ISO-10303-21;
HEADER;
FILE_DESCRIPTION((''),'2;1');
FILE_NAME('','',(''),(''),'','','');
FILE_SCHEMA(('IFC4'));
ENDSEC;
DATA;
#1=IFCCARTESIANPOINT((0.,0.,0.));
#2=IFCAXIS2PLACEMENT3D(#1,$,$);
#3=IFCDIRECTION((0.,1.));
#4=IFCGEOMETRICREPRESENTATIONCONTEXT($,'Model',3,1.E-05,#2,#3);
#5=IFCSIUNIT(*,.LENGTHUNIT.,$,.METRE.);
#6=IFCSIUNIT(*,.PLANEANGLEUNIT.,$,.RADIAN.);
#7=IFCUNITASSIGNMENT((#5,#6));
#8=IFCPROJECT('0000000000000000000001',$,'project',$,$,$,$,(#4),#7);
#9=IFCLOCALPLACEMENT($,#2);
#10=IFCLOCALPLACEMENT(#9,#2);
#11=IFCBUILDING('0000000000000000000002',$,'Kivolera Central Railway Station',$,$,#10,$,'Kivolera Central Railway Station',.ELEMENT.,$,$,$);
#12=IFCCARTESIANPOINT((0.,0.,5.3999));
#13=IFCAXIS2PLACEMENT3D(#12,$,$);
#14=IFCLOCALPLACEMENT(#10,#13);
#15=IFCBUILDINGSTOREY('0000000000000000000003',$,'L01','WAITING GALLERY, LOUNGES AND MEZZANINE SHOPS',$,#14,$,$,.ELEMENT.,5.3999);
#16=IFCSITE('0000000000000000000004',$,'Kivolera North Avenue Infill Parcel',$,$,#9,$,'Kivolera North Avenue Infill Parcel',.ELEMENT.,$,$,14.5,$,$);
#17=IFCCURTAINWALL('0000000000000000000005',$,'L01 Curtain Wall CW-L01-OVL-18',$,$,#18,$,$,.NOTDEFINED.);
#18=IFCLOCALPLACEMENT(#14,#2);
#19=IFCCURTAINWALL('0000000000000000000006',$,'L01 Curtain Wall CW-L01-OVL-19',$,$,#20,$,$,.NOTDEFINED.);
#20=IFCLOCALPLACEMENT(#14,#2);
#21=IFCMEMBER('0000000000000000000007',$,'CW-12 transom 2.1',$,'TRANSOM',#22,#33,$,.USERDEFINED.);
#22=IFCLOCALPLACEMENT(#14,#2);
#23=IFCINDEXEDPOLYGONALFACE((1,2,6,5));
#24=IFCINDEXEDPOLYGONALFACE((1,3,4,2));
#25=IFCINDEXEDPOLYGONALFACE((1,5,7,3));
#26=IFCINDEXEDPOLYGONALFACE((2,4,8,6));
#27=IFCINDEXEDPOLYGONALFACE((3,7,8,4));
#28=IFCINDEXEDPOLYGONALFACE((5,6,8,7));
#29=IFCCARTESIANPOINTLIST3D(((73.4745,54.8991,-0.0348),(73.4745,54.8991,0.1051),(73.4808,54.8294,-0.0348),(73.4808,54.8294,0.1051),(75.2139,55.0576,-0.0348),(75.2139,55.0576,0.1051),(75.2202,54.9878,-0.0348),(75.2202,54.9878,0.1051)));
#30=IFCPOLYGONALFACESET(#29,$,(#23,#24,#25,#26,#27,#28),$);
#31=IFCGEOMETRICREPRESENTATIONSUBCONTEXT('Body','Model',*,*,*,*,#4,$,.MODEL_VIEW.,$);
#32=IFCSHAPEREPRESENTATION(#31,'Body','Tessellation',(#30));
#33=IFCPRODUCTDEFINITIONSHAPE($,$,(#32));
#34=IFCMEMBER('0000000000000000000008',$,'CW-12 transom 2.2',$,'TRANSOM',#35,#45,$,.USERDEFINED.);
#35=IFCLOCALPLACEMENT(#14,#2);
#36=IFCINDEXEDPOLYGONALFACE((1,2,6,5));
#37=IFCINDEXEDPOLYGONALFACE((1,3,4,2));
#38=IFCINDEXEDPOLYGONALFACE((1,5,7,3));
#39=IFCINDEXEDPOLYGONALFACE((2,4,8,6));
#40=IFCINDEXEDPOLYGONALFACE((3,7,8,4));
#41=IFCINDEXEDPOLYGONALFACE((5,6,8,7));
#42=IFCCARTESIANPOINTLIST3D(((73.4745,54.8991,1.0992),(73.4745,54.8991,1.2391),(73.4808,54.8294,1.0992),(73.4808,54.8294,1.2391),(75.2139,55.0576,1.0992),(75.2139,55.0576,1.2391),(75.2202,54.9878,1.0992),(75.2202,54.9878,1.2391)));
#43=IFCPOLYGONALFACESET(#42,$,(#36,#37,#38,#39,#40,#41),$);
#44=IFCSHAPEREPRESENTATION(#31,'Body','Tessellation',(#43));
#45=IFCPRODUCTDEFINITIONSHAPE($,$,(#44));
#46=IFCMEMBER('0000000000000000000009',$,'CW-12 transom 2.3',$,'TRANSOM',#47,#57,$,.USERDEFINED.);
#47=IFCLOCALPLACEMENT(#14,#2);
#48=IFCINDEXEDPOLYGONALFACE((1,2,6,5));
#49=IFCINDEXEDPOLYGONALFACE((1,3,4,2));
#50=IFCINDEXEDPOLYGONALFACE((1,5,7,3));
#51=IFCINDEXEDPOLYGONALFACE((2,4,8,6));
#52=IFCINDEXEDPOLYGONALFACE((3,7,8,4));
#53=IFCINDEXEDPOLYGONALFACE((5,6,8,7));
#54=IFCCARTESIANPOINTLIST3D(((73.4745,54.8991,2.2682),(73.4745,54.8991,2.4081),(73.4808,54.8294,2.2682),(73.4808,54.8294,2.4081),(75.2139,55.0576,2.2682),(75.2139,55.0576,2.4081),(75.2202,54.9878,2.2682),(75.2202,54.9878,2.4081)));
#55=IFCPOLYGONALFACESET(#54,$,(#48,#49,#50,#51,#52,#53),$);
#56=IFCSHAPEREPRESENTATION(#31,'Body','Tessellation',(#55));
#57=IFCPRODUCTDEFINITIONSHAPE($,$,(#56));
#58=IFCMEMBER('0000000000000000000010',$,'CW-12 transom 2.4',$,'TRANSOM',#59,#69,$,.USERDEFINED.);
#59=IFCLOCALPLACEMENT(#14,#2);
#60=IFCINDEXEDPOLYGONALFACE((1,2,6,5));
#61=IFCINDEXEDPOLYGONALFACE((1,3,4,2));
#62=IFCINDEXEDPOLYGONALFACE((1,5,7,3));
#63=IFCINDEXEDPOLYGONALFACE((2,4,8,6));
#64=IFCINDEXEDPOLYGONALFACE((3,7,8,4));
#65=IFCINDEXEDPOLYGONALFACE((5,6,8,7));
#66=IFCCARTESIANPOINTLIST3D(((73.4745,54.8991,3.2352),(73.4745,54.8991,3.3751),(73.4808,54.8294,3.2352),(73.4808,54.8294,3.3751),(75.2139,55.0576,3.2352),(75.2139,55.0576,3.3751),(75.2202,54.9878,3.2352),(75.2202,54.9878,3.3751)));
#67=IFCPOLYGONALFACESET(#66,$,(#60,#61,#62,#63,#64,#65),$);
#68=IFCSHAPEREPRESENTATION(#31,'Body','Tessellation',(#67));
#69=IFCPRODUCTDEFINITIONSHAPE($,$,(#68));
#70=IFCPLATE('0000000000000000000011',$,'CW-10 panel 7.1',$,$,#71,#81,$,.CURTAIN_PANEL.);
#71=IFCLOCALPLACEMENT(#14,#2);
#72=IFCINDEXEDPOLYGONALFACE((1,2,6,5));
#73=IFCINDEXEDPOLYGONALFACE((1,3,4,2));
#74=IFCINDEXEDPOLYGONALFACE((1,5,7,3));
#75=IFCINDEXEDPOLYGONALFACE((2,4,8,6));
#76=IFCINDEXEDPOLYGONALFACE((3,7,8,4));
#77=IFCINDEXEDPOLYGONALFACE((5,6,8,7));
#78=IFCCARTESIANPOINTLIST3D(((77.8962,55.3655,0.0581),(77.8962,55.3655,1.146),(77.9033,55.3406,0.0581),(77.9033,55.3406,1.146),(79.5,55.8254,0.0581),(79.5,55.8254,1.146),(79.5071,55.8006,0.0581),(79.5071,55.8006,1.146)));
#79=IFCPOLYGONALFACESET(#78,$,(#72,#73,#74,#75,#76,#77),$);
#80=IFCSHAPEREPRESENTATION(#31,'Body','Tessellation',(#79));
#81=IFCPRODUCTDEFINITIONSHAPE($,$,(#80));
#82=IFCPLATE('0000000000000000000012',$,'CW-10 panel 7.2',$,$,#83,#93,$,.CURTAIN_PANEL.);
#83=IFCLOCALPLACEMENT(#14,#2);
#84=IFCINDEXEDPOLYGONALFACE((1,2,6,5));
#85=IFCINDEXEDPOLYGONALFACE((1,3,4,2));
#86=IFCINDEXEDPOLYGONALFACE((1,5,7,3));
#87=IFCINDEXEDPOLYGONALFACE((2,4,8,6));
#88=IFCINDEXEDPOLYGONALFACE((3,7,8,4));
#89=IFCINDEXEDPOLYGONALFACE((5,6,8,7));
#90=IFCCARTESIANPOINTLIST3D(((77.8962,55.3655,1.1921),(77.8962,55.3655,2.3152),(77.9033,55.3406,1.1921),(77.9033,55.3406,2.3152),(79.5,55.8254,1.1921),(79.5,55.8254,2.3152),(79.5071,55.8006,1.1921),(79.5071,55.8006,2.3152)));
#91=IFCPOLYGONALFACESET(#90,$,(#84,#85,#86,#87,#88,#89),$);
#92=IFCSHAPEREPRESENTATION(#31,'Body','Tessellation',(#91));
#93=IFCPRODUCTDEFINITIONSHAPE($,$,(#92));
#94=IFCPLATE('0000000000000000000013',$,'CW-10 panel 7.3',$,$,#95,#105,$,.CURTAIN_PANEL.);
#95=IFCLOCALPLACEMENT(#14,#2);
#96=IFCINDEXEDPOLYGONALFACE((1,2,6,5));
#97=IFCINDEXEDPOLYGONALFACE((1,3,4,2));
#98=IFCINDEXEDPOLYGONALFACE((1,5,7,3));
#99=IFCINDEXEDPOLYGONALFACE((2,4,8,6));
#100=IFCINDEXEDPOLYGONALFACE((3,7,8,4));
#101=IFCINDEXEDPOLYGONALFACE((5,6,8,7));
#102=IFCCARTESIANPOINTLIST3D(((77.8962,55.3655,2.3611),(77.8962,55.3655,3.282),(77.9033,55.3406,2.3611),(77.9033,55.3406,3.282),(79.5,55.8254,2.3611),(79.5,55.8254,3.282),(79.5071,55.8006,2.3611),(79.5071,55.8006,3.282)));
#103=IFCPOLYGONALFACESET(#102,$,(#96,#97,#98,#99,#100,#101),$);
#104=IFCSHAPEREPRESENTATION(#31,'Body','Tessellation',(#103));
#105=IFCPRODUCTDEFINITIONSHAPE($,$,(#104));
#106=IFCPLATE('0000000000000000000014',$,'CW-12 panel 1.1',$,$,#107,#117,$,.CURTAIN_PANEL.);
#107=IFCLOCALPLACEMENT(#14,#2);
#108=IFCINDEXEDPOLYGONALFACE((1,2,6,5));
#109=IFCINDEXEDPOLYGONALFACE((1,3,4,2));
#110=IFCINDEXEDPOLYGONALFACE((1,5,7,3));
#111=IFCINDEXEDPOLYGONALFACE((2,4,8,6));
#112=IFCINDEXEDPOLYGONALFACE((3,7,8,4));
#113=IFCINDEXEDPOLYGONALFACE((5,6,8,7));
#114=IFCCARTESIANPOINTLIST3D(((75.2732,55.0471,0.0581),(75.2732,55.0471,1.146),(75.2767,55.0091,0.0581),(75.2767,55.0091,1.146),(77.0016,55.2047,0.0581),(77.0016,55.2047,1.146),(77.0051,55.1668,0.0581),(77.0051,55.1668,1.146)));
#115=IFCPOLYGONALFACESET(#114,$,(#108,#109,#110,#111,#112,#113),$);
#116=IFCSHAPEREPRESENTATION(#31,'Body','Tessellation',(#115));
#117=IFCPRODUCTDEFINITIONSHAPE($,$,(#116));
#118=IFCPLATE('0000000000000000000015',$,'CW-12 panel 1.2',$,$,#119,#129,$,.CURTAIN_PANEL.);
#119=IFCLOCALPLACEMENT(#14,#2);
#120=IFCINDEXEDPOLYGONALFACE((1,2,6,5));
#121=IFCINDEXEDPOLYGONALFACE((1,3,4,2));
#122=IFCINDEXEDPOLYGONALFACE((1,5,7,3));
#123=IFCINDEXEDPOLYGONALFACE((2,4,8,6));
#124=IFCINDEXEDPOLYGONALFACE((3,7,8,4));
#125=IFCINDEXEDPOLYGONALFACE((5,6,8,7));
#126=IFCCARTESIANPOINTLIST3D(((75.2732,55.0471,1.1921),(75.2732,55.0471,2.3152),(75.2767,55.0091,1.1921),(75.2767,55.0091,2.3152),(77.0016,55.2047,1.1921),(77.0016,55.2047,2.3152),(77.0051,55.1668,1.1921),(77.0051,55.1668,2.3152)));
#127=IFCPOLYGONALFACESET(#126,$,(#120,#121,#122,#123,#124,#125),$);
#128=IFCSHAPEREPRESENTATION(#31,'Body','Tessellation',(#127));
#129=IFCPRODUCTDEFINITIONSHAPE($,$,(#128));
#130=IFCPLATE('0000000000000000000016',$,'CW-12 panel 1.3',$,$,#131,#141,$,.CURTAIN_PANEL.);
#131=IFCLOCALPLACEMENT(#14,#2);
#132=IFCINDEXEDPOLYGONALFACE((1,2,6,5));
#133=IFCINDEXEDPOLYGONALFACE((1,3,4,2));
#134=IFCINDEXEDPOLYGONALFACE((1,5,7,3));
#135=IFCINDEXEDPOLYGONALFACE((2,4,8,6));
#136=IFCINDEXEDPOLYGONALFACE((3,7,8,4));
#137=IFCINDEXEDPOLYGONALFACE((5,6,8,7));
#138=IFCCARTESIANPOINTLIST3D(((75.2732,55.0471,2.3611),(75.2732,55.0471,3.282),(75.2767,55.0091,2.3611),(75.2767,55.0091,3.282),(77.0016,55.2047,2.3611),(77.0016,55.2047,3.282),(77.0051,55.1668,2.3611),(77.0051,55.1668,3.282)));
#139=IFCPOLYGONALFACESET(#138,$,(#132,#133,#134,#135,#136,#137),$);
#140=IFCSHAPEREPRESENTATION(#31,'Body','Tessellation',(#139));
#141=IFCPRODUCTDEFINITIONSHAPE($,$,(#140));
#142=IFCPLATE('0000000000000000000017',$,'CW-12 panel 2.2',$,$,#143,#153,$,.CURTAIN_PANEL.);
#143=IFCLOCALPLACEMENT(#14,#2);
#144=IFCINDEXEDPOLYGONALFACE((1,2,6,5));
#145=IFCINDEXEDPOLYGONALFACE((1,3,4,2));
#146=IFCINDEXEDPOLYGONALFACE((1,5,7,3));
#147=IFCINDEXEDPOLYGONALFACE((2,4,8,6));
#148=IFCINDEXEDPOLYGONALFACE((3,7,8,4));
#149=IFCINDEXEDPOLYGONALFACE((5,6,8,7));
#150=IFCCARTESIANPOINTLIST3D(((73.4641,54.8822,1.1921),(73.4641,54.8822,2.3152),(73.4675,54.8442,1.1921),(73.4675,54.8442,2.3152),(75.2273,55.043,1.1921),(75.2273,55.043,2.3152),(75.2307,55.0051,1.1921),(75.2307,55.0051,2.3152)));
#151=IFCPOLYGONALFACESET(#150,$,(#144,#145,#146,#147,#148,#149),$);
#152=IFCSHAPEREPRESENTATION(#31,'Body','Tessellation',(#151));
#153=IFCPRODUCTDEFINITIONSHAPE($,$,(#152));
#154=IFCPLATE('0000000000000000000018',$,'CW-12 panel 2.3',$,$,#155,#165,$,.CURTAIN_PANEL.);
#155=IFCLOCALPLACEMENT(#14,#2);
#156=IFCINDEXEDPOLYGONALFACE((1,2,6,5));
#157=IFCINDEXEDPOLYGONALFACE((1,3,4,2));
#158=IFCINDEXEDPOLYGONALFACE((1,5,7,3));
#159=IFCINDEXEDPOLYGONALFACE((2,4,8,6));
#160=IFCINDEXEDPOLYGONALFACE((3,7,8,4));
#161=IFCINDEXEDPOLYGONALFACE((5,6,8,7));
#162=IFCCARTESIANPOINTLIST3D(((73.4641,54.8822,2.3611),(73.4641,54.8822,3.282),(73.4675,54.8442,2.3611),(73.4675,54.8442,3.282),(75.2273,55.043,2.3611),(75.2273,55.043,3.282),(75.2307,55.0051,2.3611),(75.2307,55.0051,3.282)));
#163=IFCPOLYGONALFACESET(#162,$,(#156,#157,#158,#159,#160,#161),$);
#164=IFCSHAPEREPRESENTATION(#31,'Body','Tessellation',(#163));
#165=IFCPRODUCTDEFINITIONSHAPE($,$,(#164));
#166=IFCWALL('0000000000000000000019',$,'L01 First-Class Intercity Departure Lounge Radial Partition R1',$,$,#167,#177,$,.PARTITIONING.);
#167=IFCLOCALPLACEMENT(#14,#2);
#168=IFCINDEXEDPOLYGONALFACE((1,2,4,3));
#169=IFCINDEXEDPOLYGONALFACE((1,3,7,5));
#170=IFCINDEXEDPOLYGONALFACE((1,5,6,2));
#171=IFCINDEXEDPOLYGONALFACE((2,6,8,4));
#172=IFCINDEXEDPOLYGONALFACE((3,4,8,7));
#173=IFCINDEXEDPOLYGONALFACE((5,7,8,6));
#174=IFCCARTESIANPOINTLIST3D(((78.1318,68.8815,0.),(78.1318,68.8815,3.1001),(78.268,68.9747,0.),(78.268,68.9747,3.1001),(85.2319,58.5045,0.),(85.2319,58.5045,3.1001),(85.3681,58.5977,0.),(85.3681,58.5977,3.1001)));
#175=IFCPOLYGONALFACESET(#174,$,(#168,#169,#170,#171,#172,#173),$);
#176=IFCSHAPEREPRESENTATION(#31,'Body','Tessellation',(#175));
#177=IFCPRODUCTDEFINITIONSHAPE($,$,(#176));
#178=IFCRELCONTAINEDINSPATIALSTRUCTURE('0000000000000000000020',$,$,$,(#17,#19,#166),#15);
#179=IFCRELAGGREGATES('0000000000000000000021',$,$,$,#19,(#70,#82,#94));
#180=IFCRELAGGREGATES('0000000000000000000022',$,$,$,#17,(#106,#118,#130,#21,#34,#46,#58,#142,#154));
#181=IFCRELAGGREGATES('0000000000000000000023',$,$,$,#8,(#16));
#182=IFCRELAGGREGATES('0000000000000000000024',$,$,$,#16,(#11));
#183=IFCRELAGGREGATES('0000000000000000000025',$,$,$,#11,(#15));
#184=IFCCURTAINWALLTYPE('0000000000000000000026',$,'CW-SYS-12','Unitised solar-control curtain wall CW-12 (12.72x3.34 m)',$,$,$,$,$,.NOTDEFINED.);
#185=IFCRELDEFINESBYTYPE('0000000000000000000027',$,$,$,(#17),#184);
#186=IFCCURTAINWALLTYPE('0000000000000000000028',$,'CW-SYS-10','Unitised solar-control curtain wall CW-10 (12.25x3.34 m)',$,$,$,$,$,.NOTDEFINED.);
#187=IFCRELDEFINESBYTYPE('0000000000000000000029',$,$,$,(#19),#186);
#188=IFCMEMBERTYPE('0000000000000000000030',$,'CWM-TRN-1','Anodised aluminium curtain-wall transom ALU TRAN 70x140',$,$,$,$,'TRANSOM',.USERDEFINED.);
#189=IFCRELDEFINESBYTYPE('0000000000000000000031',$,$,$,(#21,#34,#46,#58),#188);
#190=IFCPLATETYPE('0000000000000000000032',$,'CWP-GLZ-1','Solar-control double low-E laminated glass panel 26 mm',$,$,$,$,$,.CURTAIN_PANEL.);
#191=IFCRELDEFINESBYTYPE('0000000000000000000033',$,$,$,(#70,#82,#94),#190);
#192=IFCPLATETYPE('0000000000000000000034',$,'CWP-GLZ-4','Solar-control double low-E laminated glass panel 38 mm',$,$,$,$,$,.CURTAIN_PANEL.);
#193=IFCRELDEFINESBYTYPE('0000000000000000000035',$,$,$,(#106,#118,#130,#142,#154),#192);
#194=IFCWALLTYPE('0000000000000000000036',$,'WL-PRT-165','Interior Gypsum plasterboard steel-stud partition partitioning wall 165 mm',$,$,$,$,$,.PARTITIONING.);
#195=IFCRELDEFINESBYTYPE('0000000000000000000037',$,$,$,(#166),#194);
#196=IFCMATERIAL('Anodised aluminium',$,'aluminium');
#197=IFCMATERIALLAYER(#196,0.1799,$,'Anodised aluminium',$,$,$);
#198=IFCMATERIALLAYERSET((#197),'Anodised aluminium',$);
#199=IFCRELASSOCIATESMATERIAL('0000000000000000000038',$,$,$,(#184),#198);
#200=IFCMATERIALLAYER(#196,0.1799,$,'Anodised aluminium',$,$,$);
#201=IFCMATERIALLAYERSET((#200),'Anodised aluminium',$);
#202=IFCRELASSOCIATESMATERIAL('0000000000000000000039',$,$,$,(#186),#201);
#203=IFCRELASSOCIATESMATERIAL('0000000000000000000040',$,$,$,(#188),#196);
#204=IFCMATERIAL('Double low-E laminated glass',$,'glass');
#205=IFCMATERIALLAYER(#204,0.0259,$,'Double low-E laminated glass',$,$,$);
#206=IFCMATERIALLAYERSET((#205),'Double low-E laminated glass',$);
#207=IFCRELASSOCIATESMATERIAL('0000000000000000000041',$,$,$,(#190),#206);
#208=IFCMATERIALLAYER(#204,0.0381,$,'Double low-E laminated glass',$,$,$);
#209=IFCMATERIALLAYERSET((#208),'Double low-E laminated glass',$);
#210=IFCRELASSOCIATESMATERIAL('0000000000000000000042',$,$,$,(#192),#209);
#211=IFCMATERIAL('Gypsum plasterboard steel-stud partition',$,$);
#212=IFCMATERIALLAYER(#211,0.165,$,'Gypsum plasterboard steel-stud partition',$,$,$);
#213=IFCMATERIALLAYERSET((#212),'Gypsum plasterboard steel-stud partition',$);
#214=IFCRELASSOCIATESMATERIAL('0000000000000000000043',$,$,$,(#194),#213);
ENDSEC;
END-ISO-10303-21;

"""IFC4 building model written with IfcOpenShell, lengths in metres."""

from ifc_helpers import new_model, si_unit, direction, frame, frame_2d, origin, origin_2d, place, context, subcontext, project, spatial, rectangle, extrude, material, layer, layer_set, material_profile, profile_set, type_object, element, aggregate, save


model = new_model("IFC4")

# Units and contexts
model_context = context("Model", 3, precision=1e-05, world=origin(), true_north=direction((0.0, 1.0)))
body_context = subcontext(model_context, "Body", "Model", "MODEL_VIEW")
ifc_project = project(units=[si_unit("LENGTHUNIT", "METRE"), si_unit("PLANEANGLEUNIT", "RADIAN")], contexts=[model_context])

# Site, building, storey
site_placement = place(None, origin())
site = spatial("IfcSite", under=ifc_project, at=site_placement, Name="Kivolera North Avenue Infill Parcel", LongName="Kivolera North Avenue Infill Parcel", CompositionType="ELEMENT", RefElevation=14.5)
building_placement = place(site_placement, origin())
building = spatial("IfcBuilding", under=site, at=building_placement, Name="Kivolera Central Railway Station", LongName="Kivolera Central Railway Station", CompositionType="ELEMENT")
storey_placement = place(building_placement, frame((0.0, 0.0, 5.3999)))
storey = spatial("IfcBuildingStorey", under=building, at=storey_placement, Name="L01", Description="WAITING GALLERY, LOUNGES AND MEZZANINE SHOPS", CompositionType="ELEMENT", Elevation=5.3999)

# Curtain wall
ifc_material_1 = material(Name="Anodised aluminium", Category="aluminium")
ifc_layer_1 = layer(ifc_material_1, 0.1799, Name="Anodised aluminium")
ifc_layer_set_1 = layer_set([ifc_layer_1], Name="Anodised aluminium")
curtain_wall_type_1 = type_object("IfcCurtainWallType", Name="CW-SYS-12", Description="Unitised solar-control curtain wall CW-12 (12.72x3.34 m)", PredefinedType="NOTDEFINED", material=ifc_layer_set_1)
curtain_wall_1_placement = place(storey_placement, origin())
curtain_wall_1 = element("IfcCurtainWall", 1, at=curtain_wall_1_placement, inside=storey, type_object=curtain_wall_type_1, Name="L01 Curtain Wall CW-L01-OVL-18", PredefinedType="NOTDEFINED")

# Curtain wall
ifc_layer_2 = layer(ifc_material_1, 0.1799, Name="Anodised aluminium")
ifc_layer_set_2 = layer_set([ifc_layer_2], Name="Anodised aluminium")
curtain_wall_type_2 = type_object("IfcCurtainWallType", Name="CW-SYS-10", Description="Unitised solar-control curtain wall CW-10 (12.25x3.34 m)", PredefinedType="NOTDEFINED", material=ifc_layer_set_2)
curtain_wall_2_placement = place(storey_placement, origin())
curtain_wall_2 = element("IfcCurtainWall", 2, at=curtain_wall_2_placement, inside=storey, type_object=curtain_wall_type_2, Name="L01 Curtain Wall CW-L01-OVL-19", PredefinedType="NOTDEFINED")

# Members
ifc_material_profile_1 = material_profile(ifc_material_1, rectangle(XDim=0.0701, YDim=0.1399, at=origin_2d()), Name="ALU TRAN 70x140")
ifc_profile_set_1 = profile_set([ifc_material_profile_1], Name="Anodised aluminium")
member_type_1 = type_object("IfcMemberType", Name="CWM-TRN-1", Description="Anodised aluminium curtain-wall transom ALU TRAN 70x140", ElementType="TRANSOM", PredefinedType="USERDEFINED", material=ifc_profile_set_1)
member_1_placement = place(storey_placement, frame((75.217, 55.0227, 0.0352), z_axis=(-0.995876, -0.090725, 0.0), x_axis=(0.090725, -0.995876, 0.0)))
member_1 = element("IfcMember", 3, at=member_1_placement, type_object=member_type_1, Name="CW-12 transom 2.1", ObjectType="TRANSOM", PredefinedType="USERDEFINED", context=body_context, shape_type="SweptSolid", body=[
    extrude(rectangle(XDim=0.0701, YDim=0.1399, at=origin_2d()), origin(), (0.0, 0.0, 1.0), 1.7466),
])
member_2_placement = place(storey_placement, frame((75.217, 55.0227, 1.1692), z_axis=(-0.995876, -0.090725, 0.0), x_axis=(0.090725, -0.995876, 0.0)))
member_2 = element("IfcMember", 4, at=member_2_placement, type_object=member_type_1, Name="CW-12 transom 2.2", ObjectType="TRANSOM", PredefinedType="USERDEFINED", context=body_context, shape_type="SweptSolid", body=[
    extrude(rectangle(XDim=0.0701, YDim=0.1399, at=origin_2d()), origin(), (0.0, 0.0, 1.0), 1.7466),
])
member_3_placement = place(storey_placement, frame((75.217, 55.0227, 2.3381), z_axis=(-0.995876, -0.090725, 0.0), x_axis=(0.090725, -0.995876, 0.0)))
member_3 = element("IfcMember", 5, at=member_3_placement, type_object=member_type_1, Name="CW-12 transom 2.3", ObjectType="TRANSOM", PredefinedType="USERDEFINED", context=body_context, shape_type="SweptSolid", body=[
    extrude(rectangle(XDim=0.0701, YDim=0.1399, at=origin_2d()), origin(), (0.0, 0.0, 1.0), 1.7466),
])
member_4_placement = place(storey_placement, frame((75.217, 55.0227, 3.3052), z_axis=(-0.995876, -0.090725, 0.0), x_axis=(0.090725, -0.995876, 0.0)))
member_4 = element("IfcMember", 6, at=member_4_placement, type_object=member_type_1, Name="CW-12 transom 2.4", ObjectType="TRANSOM", PredefinedType="USERDEFINED", context=body_context, shape_type="SweptSolid", body=[
    extrude(rectangle(XDim=0.0701, YDim=0.1399, at=origin_2d()), origin(), (0.0, 0.0, 1.0), 1.7466),
])

# Plates
ifc_material_2 = material(Name="Double low-E laminated glass", Category="glass")
ifc_layer_3 = layer(ifc_material_2, 0.0259, Name="Double low-E laminated glass")
ifc_layer_set_3 = layer_set([ifc_layer_3], Name="Double low-E laminated glass")
plate_type_1 = type_object("IfcPlateType", Name="CWP-GLZ-1", Description="Solar-control double low-E laminated glass panel 26 mm", PredefinedType="CURTAIN_PANEL", material=ifc_layer_set_3)
plate_1_placement = place(storey_placement, frame((78.7017, 55.583, 0.0581), z_axis=(0.0, 0.0, 1.0), x_axis=(-0.961246, -0.275692, 0.0)))
plate_1 = element("IfcPlate", 7, at=plate_1_placement, type_object=plate_type_1, Name="CW-10 panel 7.1", PredefinedType="CURTAIN_PANEL", context=body_context, shape_type="SweptSolid", body=[
    extrude(rectangle(XDim=1.6685, YDim=0.0259, at=origin_2d()), origin(), (0.0, 0.0, 1.0), 1.0879),
])
plate_2_placement = place(storey_placement, frame((78.7017, 55.583, 1.1921), z_axis=(0.0, 0.0, 1.0), x_axis=(-0.961246, -0.275692, 0.0)))
plate_2 = element("IfcPlate", 8, at=plate_2_placement, type_object=plate_type_1, Name="CW-10 panel 7.2", PredefinedType="CURTAIN_PANEL", context=body_context, shape_type="SweptSolid", body=[
    extrude(rectangle(XDim=1.6685, YDim=0.0259, at=origin_2d()), origin(), (0.0, 0.0, 1.0), 1.123),
])
plate_3_placement = place(storey_placement, frame((78.7017, 55.583, 2.3611), z_axis=(0.0, 0.0, 1.0), x_axis=(-0.961246, -0.275692, 0.0)))
plate_3 = element("IfcPlate", 9, at=plate_3_placement, type_object=plate_type_1, Name="CW-10 panel 7.3", PredefinedType="CURTAIN_PANEL", context=body_context, shape_type="SweptSolid", body=[
    extrude(rectangle(XDim=1.6685, YDim=0.0259, at=origin_2d()), origin(), (0.0, 0.0, 1.0), 0.9209),
])
aggregate(curtain_wall_2, [plate_1, plate_2, plate_3])
ifc_layer_4 = layer(ifc_material_2, 0.0381, Name="Double low-E laminated glass")
ifc_layer_set_4 = layer_set([ifc_layer_4], Name="Double low-E laminated glass")
plate_type_2 = type_object("IfcPlateType", Name="CWP-GLZ-4", Description="Solar-control double low-E laminated glass panel 38 mm", PredefinedType="CURTAIN_PANEL", material=ifc_layer_set_4)
plate_4_placement = place(storey_placement, frame((76.1392, 55.1069, 0.0581), z_axis=(0.0, 0.0, 1.0), x_axis=(-0.995866, -0.090834, 0.0)))
plate_4 = element("IfcPlate", 10, at=plate_4_placement, type_object=plate_type_2, Name="CW-12 panel 1.1", PredefinedType="CURTAIN_PANEL", context=body_context, shape_type="SweptSolid", body=[
    extrude(rectangle(XDim=1.7356, YDim=0.0381, at=origin_2d()), origin(), (0.0, 0.0, 1.0), 1.0879),
])
plate_5_placement = place(storey_placement, frame((76.1392, 55.1069, 1.1921), z_axis=(0.0, 0.0, 1.0), x_axis=(-0.995866, -0.090834, 0.0)))
plate_5 = element("IfcPlate", 11, at=plate_5_placement, type_object=plate_type_2, Name="CW-12 panel 1.2", PredefinedType="CURTAIN_PANEL", context=body_context, shape_type="SweptSolid", body=[
    extrude(rectangle(XDim=1.7356, YDim=0.0381, at=origin_2d()), origin(), (0.0, 0.0, 1.0), 1.123),
])
plate_6_placement = place(storey_placement, frame((76.1392, 55.1069, 2.3611), z_axis=(0.0, 0.0, 1.0), x_axis=(-0.995866, -0.090834, 0.0)))
plate_6 = element("IfcPlate", 12, at=plate_6_placement, type_object=plate_type_2, Name="CW-12 panel 1.3", PredefinedType="CURTAIN_PANEL", context=body_context, shape_type="SweptSolid", body=[
    extrude(rectangle(XDim=1.7356, YDim=0.0381, at=origin_2d()), origin(), (0.0, 0.0, 1.0), 0.9209),
])
plate_7_placement = place(storey_placement, frame((74.3474, 54.9436, 1.1921), z_axis=(0.0, 0.0, 1.0), x_axis=(-0.995866, -0.090834, 0.0)))
plate_7 = element("IfcPlate", 13, at=plate_7_placement, type_object=plate_type_2, Name="CW-12 panel 2.2", PredefinedType="CURTAIN_PANEL", context=body_context, shape_type="SweptSolid", body=[
    extrude(rectangle(XDim=1.7705, YDim=0.0381, at=origin_2d()), origin(), (0.0, 0.0, 1.0), 1.123),
])
plate_8_placement = place(storey_placement, frame((74.3474, 54.9436, 2.3611), z_axis=(0.0, 0.0, 1.0), x_axis=(-0.995866, -0.090834, 0.0)))
plate_8 = element("IfcPlate", 14, at=plate_8_placement, type_object=plate_type_2, Name="CW-12 panel 2.3", PredefinedType="CURTAIN_PANEL", context=body_context, shape_type="SweptSolid", body=[
    extrude(rectangle(XDim=1.7705, YDim=0.0381, at=origin_2d()), origin(), (0.0, 0.0, 1.0), 0.9209),
])
aggregate(curtain_wall_1, [plate_4, plate_5, plate_6, member_1, member_2, member_3, member_4, plate_7, plate_8])

# Wall
ifc_material_3 = material(Name="Gypsum plasterboard steel-stud partition")
ifc_layer_5 = layer(ifc_material_3, 0.165, Name="Gypsum plasterboard steel-stud partition")
ifc_layer_set_5 = layer_set([ifc_layer_5], Name="Gypsum plasterboard steel-stud partition")
wall_type = type_object("IfcWallType", Name="WL-PRT-165", Description="Interior Gypsum plasterboard steel-stud partition partitioning wall 165 mm", PredefinedType="PARTITIONING", material=ifc_layer_set_5)
wall_placement = place(storey_placement, frame((78.2, 68.928, 0.0), z_axis=(0.0, 0.0, 1.0), x_axis=(0.564688, -0.825304, 0.0)))
element("IfcWall", 15, at=wall_placement, inside=storey, type_object=wall_type, Name="L01 First-Class Intercity Departure Lounge Radial Partition R1", PredefinedType="PARTITIONING", context=body_context, shape_type="SweptSolid", body=[
    extrude(rectangle(XDim=12.5735, YDim=0.165, at=frame_2d((6.2866, 0.0))), origin(), (0.0, 0.0, 1.0), 3.1001),
])

save(model, "model.ifc")
